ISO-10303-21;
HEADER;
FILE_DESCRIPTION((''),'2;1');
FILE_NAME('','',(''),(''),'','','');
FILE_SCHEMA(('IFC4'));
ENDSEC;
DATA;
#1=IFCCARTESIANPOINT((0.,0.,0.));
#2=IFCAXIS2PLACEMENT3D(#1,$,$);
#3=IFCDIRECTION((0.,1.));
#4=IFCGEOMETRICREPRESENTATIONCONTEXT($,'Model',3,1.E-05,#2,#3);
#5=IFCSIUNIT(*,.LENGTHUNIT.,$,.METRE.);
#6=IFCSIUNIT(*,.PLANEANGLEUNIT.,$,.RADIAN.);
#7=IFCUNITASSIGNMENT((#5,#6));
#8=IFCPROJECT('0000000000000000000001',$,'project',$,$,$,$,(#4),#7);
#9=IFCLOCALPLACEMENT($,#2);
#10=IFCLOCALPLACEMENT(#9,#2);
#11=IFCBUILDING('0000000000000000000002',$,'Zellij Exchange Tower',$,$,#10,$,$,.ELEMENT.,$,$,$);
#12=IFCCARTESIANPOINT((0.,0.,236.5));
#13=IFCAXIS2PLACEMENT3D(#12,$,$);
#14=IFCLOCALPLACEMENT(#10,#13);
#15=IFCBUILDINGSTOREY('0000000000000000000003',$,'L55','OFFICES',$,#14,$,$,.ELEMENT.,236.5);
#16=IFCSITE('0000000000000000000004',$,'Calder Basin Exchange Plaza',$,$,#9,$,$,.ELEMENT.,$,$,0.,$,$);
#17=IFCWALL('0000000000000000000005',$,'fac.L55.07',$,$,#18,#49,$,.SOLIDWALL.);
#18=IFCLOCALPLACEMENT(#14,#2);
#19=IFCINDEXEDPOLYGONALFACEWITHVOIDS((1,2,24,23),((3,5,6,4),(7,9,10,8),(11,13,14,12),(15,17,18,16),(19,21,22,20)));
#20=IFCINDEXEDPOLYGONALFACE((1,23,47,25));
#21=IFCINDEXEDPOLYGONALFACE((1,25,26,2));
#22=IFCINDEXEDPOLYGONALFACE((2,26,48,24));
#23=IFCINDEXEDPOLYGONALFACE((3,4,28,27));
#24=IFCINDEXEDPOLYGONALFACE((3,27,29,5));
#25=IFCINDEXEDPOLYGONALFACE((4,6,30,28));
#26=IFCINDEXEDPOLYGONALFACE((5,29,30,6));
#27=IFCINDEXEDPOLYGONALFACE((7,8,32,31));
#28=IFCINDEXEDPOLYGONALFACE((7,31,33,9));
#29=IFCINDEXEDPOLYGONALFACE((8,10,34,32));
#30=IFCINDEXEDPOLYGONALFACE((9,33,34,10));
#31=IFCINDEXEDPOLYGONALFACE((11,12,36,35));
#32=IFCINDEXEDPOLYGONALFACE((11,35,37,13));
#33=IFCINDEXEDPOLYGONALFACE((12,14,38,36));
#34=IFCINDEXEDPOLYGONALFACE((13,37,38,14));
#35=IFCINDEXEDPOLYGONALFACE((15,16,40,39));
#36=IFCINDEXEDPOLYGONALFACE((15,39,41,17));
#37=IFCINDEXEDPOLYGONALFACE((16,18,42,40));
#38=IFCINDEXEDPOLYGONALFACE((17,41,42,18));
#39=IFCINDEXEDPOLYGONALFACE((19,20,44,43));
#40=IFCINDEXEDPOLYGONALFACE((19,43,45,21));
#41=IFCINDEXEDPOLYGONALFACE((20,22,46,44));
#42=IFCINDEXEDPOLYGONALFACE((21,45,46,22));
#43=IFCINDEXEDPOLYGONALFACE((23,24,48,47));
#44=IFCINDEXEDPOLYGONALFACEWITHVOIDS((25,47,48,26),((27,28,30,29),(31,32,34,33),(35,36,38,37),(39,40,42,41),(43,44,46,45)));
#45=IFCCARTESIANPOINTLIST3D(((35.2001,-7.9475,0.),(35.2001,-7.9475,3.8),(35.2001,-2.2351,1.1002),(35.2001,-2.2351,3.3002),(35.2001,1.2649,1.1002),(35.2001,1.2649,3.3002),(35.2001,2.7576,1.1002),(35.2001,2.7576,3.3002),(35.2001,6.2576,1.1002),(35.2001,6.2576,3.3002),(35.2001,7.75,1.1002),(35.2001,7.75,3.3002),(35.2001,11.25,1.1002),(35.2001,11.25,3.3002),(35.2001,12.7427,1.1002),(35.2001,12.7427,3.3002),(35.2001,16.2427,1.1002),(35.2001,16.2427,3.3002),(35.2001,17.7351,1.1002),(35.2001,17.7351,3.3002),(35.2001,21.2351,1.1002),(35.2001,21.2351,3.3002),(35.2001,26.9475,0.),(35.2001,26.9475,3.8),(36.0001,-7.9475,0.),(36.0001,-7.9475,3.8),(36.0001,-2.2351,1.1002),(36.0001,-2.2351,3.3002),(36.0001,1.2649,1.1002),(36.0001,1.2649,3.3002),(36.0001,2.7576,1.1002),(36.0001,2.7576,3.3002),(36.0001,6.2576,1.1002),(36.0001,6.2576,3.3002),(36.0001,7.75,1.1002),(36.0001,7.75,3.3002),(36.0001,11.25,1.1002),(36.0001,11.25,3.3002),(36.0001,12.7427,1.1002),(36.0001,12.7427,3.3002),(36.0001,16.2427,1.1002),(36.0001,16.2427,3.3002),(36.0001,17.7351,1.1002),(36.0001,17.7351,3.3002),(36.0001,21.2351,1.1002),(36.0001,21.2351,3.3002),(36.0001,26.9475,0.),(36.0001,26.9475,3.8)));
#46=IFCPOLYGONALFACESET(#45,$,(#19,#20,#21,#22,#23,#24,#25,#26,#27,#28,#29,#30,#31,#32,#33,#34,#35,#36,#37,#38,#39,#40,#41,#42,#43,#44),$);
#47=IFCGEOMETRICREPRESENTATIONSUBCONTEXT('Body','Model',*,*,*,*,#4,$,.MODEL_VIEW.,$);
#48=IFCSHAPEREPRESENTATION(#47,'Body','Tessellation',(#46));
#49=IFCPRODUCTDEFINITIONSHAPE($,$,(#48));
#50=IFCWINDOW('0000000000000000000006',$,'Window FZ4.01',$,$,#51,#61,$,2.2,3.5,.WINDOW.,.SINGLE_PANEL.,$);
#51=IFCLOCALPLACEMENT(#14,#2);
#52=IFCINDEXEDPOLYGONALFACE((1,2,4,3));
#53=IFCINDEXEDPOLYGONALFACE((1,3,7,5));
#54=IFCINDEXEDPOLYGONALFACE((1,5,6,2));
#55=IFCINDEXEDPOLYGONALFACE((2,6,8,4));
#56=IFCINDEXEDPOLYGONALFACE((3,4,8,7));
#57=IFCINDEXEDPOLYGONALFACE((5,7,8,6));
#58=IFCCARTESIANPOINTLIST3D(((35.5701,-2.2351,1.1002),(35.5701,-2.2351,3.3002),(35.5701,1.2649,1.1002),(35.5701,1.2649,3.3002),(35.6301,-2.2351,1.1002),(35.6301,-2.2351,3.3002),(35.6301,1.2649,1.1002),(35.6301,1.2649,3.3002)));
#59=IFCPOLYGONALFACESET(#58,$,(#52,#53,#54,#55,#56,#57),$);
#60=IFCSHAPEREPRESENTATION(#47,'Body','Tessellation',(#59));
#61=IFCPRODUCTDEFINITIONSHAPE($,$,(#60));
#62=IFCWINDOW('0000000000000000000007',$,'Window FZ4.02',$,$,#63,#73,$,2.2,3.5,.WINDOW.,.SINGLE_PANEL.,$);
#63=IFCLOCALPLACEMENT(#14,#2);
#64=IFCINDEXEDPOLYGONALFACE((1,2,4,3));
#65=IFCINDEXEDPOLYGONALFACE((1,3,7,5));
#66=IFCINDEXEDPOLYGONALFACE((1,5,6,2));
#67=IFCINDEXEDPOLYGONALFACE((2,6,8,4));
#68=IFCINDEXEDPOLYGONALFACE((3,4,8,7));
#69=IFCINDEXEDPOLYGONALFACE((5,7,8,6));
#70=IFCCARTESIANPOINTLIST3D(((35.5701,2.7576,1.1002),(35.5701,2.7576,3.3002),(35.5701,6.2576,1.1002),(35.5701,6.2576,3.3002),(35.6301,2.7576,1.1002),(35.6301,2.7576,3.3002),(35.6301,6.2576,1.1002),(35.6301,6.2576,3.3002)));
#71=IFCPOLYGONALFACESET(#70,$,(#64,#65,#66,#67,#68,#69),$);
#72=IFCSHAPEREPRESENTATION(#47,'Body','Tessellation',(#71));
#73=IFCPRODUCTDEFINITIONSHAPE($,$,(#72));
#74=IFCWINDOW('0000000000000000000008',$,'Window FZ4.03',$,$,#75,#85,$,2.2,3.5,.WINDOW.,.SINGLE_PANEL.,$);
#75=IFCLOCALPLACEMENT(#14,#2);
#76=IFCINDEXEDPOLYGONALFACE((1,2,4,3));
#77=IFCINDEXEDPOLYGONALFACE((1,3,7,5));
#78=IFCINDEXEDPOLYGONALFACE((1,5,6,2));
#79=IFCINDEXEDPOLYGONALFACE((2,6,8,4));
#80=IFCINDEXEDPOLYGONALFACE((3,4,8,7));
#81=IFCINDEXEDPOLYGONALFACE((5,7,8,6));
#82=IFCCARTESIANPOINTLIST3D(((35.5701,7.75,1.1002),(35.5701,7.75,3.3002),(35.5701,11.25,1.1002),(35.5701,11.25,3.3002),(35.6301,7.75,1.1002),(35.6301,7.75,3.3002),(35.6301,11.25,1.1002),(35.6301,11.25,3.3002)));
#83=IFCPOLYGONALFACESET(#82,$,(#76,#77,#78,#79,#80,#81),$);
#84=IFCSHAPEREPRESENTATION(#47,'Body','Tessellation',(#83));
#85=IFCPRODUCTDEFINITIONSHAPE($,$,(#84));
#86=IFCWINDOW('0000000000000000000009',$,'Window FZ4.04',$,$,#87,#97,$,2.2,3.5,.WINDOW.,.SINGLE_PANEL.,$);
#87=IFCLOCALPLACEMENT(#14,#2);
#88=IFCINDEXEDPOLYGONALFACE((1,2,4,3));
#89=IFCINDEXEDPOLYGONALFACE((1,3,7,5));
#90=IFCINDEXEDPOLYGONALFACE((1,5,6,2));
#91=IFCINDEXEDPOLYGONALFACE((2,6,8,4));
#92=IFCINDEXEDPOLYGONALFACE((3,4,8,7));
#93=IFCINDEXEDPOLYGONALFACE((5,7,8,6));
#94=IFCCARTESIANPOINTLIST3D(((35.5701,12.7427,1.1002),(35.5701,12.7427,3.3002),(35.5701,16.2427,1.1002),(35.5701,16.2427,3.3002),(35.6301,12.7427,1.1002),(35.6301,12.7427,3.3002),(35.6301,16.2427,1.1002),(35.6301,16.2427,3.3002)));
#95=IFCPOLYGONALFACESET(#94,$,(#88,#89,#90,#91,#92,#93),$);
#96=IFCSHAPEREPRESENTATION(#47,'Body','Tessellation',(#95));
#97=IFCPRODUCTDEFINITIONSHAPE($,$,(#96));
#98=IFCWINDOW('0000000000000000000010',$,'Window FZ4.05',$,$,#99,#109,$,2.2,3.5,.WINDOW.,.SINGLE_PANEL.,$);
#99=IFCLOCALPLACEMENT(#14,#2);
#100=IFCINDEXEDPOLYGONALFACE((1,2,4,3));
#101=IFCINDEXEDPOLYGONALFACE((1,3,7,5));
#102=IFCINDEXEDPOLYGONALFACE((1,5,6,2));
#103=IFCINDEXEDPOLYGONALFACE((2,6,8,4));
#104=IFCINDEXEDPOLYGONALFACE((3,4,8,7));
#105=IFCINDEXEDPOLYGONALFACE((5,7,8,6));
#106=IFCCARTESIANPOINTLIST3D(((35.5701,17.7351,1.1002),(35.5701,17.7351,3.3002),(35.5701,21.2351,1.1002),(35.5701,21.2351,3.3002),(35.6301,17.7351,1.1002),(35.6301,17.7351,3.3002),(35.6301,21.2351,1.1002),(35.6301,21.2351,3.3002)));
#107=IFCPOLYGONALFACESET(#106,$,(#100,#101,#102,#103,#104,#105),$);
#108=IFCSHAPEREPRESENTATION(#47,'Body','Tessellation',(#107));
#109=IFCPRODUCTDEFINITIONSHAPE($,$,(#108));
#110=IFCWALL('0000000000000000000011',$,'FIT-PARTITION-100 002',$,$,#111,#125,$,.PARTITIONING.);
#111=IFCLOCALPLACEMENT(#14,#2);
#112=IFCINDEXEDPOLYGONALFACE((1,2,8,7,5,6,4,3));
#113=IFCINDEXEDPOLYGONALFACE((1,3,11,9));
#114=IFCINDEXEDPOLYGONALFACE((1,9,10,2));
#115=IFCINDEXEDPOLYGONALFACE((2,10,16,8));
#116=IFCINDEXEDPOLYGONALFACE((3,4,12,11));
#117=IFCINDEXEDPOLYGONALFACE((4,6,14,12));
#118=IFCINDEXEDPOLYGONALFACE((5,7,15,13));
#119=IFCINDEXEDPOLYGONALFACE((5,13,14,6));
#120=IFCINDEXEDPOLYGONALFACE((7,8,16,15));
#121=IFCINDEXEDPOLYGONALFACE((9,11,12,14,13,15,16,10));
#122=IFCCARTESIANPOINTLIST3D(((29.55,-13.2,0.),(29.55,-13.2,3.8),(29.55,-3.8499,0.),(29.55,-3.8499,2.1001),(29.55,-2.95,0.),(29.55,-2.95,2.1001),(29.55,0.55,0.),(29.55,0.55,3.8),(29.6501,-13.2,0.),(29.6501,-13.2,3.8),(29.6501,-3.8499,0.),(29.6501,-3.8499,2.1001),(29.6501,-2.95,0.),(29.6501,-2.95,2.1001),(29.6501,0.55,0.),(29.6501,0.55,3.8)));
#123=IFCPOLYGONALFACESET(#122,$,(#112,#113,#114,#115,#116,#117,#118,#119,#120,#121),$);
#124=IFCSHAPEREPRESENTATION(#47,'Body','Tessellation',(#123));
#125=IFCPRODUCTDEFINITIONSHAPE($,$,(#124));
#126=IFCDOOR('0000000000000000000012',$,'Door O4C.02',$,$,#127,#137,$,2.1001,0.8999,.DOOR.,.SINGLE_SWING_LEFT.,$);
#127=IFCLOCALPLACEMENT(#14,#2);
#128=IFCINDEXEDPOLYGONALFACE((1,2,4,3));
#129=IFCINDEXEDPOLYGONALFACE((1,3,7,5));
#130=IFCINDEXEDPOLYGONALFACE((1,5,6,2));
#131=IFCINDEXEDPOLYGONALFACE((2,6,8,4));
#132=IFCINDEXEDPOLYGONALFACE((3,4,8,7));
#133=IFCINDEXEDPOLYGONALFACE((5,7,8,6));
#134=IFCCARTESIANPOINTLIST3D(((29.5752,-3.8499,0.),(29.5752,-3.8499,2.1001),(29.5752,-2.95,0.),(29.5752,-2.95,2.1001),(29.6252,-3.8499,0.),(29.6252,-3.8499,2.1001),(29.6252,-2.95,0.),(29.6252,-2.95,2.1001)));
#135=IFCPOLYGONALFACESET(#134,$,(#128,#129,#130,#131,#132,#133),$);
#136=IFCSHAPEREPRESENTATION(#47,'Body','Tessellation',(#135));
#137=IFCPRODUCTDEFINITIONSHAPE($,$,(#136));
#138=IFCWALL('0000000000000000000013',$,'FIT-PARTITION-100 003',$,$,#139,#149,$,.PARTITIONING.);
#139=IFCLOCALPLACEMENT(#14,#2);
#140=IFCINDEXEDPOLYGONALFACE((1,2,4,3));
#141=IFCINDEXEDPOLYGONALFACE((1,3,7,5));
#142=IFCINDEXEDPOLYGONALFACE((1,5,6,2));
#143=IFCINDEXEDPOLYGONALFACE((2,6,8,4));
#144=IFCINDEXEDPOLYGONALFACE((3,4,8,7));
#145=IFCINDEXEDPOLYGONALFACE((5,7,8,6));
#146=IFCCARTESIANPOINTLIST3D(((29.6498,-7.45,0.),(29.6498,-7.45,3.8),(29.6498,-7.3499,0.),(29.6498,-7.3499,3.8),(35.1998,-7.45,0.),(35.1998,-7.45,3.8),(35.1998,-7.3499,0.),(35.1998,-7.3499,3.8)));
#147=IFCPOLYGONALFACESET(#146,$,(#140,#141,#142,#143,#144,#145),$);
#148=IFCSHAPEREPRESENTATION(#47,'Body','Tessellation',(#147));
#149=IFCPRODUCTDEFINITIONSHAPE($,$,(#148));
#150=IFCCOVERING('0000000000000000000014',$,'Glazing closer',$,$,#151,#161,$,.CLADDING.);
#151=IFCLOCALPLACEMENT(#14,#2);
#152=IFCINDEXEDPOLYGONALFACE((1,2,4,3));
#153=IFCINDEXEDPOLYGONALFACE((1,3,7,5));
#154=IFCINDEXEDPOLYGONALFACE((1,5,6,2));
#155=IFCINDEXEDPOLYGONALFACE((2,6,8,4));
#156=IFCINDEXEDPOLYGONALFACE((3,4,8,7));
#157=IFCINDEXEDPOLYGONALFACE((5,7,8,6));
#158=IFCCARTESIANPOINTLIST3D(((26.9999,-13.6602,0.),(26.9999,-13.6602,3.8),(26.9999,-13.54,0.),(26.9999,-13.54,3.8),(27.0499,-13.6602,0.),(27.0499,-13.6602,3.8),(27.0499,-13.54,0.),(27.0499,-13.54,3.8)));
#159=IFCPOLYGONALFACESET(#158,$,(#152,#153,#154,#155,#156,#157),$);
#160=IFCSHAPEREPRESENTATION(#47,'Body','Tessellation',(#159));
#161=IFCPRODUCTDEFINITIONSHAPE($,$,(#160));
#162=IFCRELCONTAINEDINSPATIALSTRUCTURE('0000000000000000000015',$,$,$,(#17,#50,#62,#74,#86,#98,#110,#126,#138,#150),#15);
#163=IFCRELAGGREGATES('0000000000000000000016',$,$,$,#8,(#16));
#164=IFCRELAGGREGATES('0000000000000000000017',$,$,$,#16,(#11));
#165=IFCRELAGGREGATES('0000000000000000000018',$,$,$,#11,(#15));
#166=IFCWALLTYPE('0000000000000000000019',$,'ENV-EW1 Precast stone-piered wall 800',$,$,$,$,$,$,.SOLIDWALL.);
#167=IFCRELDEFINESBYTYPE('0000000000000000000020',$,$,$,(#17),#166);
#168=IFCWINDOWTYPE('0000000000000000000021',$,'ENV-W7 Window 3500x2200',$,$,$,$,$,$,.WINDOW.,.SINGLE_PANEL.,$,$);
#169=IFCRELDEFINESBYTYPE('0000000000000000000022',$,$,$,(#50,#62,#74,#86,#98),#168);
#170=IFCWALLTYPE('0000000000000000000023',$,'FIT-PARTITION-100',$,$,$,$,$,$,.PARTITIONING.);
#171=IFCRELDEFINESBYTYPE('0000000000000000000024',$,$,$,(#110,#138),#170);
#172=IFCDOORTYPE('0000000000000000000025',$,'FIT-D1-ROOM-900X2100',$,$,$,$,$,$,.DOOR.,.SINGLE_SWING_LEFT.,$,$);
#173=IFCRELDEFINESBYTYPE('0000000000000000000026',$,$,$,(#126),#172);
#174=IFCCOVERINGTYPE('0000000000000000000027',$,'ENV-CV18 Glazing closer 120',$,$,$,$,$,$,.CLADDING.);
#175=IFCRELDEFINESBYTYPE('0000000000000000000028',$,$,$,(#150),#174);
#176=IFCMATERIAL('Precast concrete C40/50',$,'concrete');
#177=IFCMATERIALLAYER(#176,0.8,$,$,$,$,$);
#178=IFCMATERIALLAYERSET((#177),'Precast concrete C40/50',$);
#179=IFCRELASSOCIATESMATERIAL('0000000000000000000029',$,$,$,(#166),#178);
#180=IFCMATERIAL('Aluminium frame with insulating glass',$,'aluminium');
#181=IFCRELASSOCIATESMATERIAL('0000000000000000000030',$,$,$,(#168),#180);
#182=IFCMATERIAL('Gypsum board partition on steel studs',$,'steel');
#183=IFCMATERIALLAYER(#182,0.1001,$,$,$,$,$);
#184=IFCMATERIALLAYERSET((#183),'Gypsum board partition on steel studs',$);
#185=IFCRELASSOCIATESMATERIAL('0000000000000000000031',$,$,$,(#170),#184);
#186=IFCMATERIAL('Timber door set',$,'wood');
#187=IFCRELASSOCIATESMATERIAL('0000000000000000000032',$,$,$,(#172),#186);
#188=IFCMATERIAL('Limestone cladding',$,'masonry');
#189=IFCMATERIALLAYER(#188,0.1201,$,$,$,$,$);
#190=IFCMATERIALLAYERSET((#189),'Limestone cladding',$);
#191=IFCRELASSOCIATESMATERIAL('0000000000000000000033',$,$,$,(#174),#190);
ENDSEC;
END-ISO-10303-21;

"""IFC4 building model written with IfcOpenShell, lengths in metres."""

from ifc_helpers import new_model, si_unit, direction, frame, frame_2d, origin, origin_2d, place, context, subcontext, project, spatial, rectangle, extrude, material, layer, layer_set, type_object, element, fill, save


model = new_model("IFC4")

# Units and contexts
model_context = context("Model", 3, precision=1e-05, world=origin(), true_north=direction((0.0, 1.0)))
body_context = subcontext(model_context, "Body", "Model", "MODEL_VIEW")
ifc_project = project(units=[si_unit("LENGTHUNIT", "METRE"), si_unit("PLANEANGLEUNIT", "RADIAN")], contexts=[model_context])

# Site, building, storey
site_placement = place(None, origin())
site = spatial("IfcSite", under=ifc_project, at=site_placement, Name="Calder Basin Exchange Plaza", CompositionType="ELEMENT", RefElevation=0.0)
building_placement = place(site_placement, origin())
building = spatial("IfcBuilding", under=site, at=building_placement, Name="Zellij Exchange Tower", CompositionType="ELEMENT")
storey_placement = place(building_placement, frame((0.0, 0.0, 236.5)))
storey = spatial("IfcBuildingStorey", under=building, at=storey_placement, Name="L55", Description="OFFICES", CompositionType="ELEMENT", Elevation=236.5)

# Shared definitions
ifc_material_1 = material(Name="Precast concrete C40/50", Category="concrete")
ifc_layer_1 = layer(ifc_material_1, 0.8)
ifc_layer_set_1 = layer_set([ifc_layer_1], Name="Precast concrete C40/50")
wall_type_1 = type_object("IfcWallType", Name="ENV-EW1 Precast stone-piered wall 800", PredefinedType="SOLIDWALL", material=ifc_layer_set_1)

# Wall, openings, windows
wall_1_placement = place(storey_placement, frame((35.6001, -7.9475, 0.0), z_axis=(0.0, 0.0, 1.0), x_axis=(0.0, 1.0, 0.0)))
wall_1 = element("IfcWall", 1, at=wall_1_placement, inside=storey, type_object=wall_type_1, Name="fac.L55.07", PredefinedType="SOLIDWALL", context=body_context, shape_type="SweptSolid", body=[
    extrude(rectangle(XDim=34.895, YDim=0.8, at=frame_2d((17.4475, 0.0))), origin(), (0.0, 0.0, 1.0), 3.8),
])
opening_1_placement = place(wall_1_placement, frame((5.7124, 0.0, 1.1001)))
opening_1 = element("IfcOpeningElement", 2, at=opening_1_placement, cuts=wall_1, PredefinedType="OPENING", context=body_context, shape_type="SweptSolid", body=[
    extrude(rectangle(XDim=3.5, YDim=2.2, at=frame_2d((1.75, 1.1001))), frame((0.0, 0.4121, 0.0), z_axis=(0.0, -1.0, 0.0), x_axis=(1.0, 0.0, 0.0)), (0.0, 0.0, 1.0), 0.824),
])
opening_2_placement = place(wall_1_placement, frame((10.7051, 0.0, 1.1001)))
opening_2 = element("IfcOpeningElement", 3, at=opening_2_placement, cuts=wall_1, PredefinedType="OPENING", context=body_context, shape_type="SweptSolid", body=[
    extrude(rectangle(XDim=3.5, YDim=2.2, at=frame_2d((1.75, 1.1001))), frame((0.0, 0.4121, 0.0), z_axis=(0.0, -1.0, 0.0), x_axis=(1.0, 0.0, 0.0)), (0.0, 0.0, 1.0), 0.824),
])
opening_3_placement = place(wall_1_placement, frame((15.6975, 0.0, 1.1001)))
opening_3 = element("IfcOpeningElement", 4, at=opening_3_placement, cuts=wall_1, PredefinedType="OPENING", context=body_context, shape_type="SweptSolid", body=[
    extrude(rectangle(XDim=3.5, YDim=2.2, at=frame_2d((1.75, 1.1001))), frame((0.0, 0.4121, 0.0), z_axis=(0.0, -1.0, 0.0), x_axis=(1.0, 0.0, 0.0)), (0.0, 0.0, 1.0), 0.824),
])
opening_4_placement = place(wall_1_placement, frame((20.6902, 0.0, 1.1001)))
opening_4 = element("IfcOpeningElement", 5, at=opening_4_placement, cuts=wall_1, PredefinedType="OPENING", context=body_context, shape_type="SweptSolid", body=[
    extrude(rectangle(XDim=3.5, YDim=2.2, at=frame_2d((1.75, 1.1001))), frame((0.0, 0.4121, 0.0), z_axis=(0.0, -1.0, 0.0), x_axis=(1.0, 0.0, 0.0)), (0.0, 0.0, 1.0), 0.824),
])
opening_5_placement = place(wall_1_placement, frame((25.6826, 0.0, 1.1001)))
opening_5 = element("IfcOpeningElement", 6, at=opening_5_placement, cuts=wall_1, PredefinedType="OPENING", context=body_context, shape_type="SweptSolid", body=[
    extrude(rectangle(XDim=3.5, YDim=2.2, at=frame_2d((1.75, 1.1001))), frame((0.0, 0.4121, 0.0), z_axis=(0.0, -1.0, 0.0), x_axis=(1.0, 0.0, 0.0)), (0.0, 0.0, 1.0), 0.824),
])
ifc_material_2 = material(Name="Aluminium frame with insulating glass", Category="aluminium")
window_type = type_object("IfcWindowType", Name="ENV-W7 Window 3500x2200", PartitioningType="SINGLE_PANEL", PredefinedType="WINDOW", material=ifc_material_2)
window_1_placement = place(opening_1_placement, origin())
window_1 = element("IfcWindow", 7, at=window_1_placement, inside=storey, type_object=window_type, Name="Window FZ4.01", OverallHeight=2.2, OverallWidth=3.5, PartitioningType="SINGLE_PANEL", PredefinedType="WINDOW", context=body_context, shape_type="SweptSolid", body=[
    extrude(rectangle(XDim=3.5, YDim=2.2, at=frame_2d((1.75, 1.1001))), frame((0.0, 0.03, 0.0), z_axis=(0.0, -1.0, 0.0), x_axis=(1.0, 0.0, 0.0)), (0.0, 0.0, 1.0), 0.0601),
])
fill(opening_1, window_1)
window_2_placement = place(opening_2_placement, origin())
window_2 = element("IfcWindow", 8, at=window_2_placement, inside=storey, type_object=window_type, Name="Window FZ4.02", OverallHeight=2.2, OverallWidth=3.5, PartitioningType="SINGLE_PANEL", PredefinedType="WINDOW", context=body_context, shape_type="SweptSolid", body=[
    extrude(rectangle(XDim=3.5, YDim=2.2, at=frame_2d((1.75, 1.1001))), frame((0.0, 0.03, 0.0), z_axis=(0.0, -1.0, 0.0), x_axis=(1.0, 0.0, 0.0)), (0.0, 0.0, 1.0), 0.0601),
])
fill(opening_2, window_2)
window_3_placement = place(opening_3_placement, origin())
window_3 = element("IfcWindow", 9, at=window_3_placement, inside=storey, type_object=window_type, Name="Window FZ4.03", OverallHeight=2.2, OverallWidth=3.5, PartitioningType="SINGLE_PANEL", PredefinedType="WINDOW", context=body_context, shape_type="SweptSolid", body=[
    extrude(rectangle(XDim=3.5, YDim=2.2, at=frame_2d((1.75, 1.1001))), frame((0.0, 0.03, 0.0), z_axis=(0.0, -1.0, 0.0), x_axis=(1.0, 0.0, 0.0)), (0.0, 0.0, 1.0), 0.0601),
])
fill(opening_3, window_3)
window_4_placement = place(opening_4_placement, origin())
window_4 = element("IfcWindow", 10, at=window_4_placement, inside=storey, type_object=window_type, Name="Window FZ4.04", OverallHeight=2.2, OverallWidth=3.5, PartitioningType="SINGLE_PANEL", PredefinedType="WINDOW", context=body_context, shape_type="SweptSolid", body=[
    extrude(rectangle(XDim=3.5, YDim=2.2, at=frame_2d((1.75, 1.1001))), frame((0.0, 0.03, 0.0), z_axis=(0.0, -1.0, 0.0), x_axis=(1.0, 0.0, 0.0)), (0.0, 0.0, 1.0), 0.0601),
])
fill(opening_4, window_4)
window_5_placement = place(opening_5_placement, origin())
window_5 = element("IfcWindow", 11, at=window_5_placement, inside=storey, type_object=window_type, Name="Window FZ4.05", OverallHeight=2.2, OverallWidth=3.5, PartitioningType="SINGLE_PANEL", PredefinedType="WINDOW", context=body_context, shape_type="SweptSolid", body=[
    extrude(rectangle(XDim=3.5, YDim=2.2, at=frame_2d((1.75, 1.1001))), frame((0.0, 0.03, 0.0), z_axis=(0.0, -1.0, 0.0), x_axis=(1.0, 0.0, 0.0)), (0.0, 0.0, 1.0), 0.0601),
])
fill(opening_5, window_5)

# Wall, opening, door
ifc_material_3 = material(Name="Gypsum board partition on steel studs", Category="steel")
ifc_layer_2 = layer(ifc_material_3, 0.1001)
ifc_layer_set_2 = layer_set([ifc_layer_2], Name="Gypsum board partition on steel studs")
wall_type_2 = type_object("IfcWallType", Name="FIT-PARTITION-100", PredefinedType="PARTITIONING", material=ifc_layer_set_2)
wall_2_placement = place(storey_placement, frame((29.6001, -13.2, 0.0), z_axis=(0.0, 0.0, 1.0), x_axis=(0.0, 1.0, 0.0)))
wall_2 = element("IfcWall", 12, at=wall_2_placement, inside=storey, type_object=wall_type_2, Name="FIT-PARTITION-100 002", PredefinedType="PARTITIONING", context=body_context, shape_type="SweptSolid", body=[
    extrude(rectangle(XDim=13.75, YDim=0.1001, at=frame_2d((6.875, 0.0))), origin(), (0.0, 0.0, 1.0), 3.8),
])
opening_6_placement = place(wall_2_placement, frame((9.3501, 0.0, 0.0)))
opening_6 = element("IfcOpeningElement", 13, at=opening_6_placement, cuts=wall_2, PredefinedType="OPENING", context=body_context, shape_type="SweptSolid", body=[
    extrude(rectangle(XDim=0.8999, YDim=2.1001, at=frame_2d((0.45, 1.05))), frame((0.0, 0.062, 0.0), z_axis=(0.0, -1.0, 0.0), x_axis=(1.0, 0.0, 0.0)), (0.0, 0.0, 1.0), 0.124),
])
ifc_material_4 = material(Name="Timber door set", Category="wood")
door_type = type_object("IfcDoorType", Name="FIT-D1-ROOM-900X2100", OperationType="SINGLE_SWING_LEFT", PredefinedType="DOOR", material=ifc_material_4)
door_placement = place(opening_6_placement, origin())
door = element("IfcDoor", 14, at=door_placement, inside=storey, type_object=door_type, Name="Door O4C.02", OperationType="SINGLE_SWING_LEFT", OverallHeight=2.1001, OverallWidth=0.8999, PredefinedType="DOOR", context=body_context, shape_type="SweptSolid", body=[
    extrude(rectangle(XDim=0.8999, YDim=2.1001, at=frame_2d((0.45, 1.05))), frame((0.0, 0.0249, 0.0), z_axis=(0.0, -1.0, 0.0), x_axis=(1.0, 0.0, 0.0)), (0.0, 0.0, 1.0), 0.05),
])
fill(opening_6, door)

# Wall
wall_3_placement = place(storey_placement, frame((29.6499, -7.3999, 0.0), z_axis=(0.0, 0.0, 1.0), x_axis=(1.0, 0.0, 0.0)))
element("IfcWall", 15, at=wall_3_placement, inside=storey, type_object=wall_type_2, Name="FIT-PARTITION-100 003", PredefinedType="PARTITIONING", context=body_context, shape_type="SweptSolid", body=[
    extrude(rectangle(XDim=5.55, YDim=0.1001, at=frame_2d((2.7749, 0.0))), origin(), (0.0, 0.0, 1.0), 3.8),
])

# Covering
ifc_material_5 = material(Name="Limestone cladding", Category="masonry")
ifc_layer_3 = layer(ifc_material_5, 0.1201)
ifc_layer_set_3 = layer_set([ifc_layer_3], Name="Limestone cladding")
covering_type = type_object("IfcCoveringType", Name="ENV-CV18 Glazing closer 120", PredefinedType="CLADDING", material=ifc_layer_set_3)
covering_placement = place(storey_placement, frame((27.0249, -13.6001, 0.0), z_axis=(0.0, 0.0, 1.0), x_axis=(-1.0, 0.0, 0.0)))
element("IfcCovering", 16, at=covering_placement, inside=storey, type_object=covering_type, Name="Glazing closer", PredefinedType="CLADDING", context=body_context, shape_type="SweptSolid", body=[
    extrude(rectangle(XDim=0.05, YDim=0.1201, at=origin_2d()), origin(), (0.0, 0.0, 1.0), 3.8),
])

save(model, "model.ifc")
